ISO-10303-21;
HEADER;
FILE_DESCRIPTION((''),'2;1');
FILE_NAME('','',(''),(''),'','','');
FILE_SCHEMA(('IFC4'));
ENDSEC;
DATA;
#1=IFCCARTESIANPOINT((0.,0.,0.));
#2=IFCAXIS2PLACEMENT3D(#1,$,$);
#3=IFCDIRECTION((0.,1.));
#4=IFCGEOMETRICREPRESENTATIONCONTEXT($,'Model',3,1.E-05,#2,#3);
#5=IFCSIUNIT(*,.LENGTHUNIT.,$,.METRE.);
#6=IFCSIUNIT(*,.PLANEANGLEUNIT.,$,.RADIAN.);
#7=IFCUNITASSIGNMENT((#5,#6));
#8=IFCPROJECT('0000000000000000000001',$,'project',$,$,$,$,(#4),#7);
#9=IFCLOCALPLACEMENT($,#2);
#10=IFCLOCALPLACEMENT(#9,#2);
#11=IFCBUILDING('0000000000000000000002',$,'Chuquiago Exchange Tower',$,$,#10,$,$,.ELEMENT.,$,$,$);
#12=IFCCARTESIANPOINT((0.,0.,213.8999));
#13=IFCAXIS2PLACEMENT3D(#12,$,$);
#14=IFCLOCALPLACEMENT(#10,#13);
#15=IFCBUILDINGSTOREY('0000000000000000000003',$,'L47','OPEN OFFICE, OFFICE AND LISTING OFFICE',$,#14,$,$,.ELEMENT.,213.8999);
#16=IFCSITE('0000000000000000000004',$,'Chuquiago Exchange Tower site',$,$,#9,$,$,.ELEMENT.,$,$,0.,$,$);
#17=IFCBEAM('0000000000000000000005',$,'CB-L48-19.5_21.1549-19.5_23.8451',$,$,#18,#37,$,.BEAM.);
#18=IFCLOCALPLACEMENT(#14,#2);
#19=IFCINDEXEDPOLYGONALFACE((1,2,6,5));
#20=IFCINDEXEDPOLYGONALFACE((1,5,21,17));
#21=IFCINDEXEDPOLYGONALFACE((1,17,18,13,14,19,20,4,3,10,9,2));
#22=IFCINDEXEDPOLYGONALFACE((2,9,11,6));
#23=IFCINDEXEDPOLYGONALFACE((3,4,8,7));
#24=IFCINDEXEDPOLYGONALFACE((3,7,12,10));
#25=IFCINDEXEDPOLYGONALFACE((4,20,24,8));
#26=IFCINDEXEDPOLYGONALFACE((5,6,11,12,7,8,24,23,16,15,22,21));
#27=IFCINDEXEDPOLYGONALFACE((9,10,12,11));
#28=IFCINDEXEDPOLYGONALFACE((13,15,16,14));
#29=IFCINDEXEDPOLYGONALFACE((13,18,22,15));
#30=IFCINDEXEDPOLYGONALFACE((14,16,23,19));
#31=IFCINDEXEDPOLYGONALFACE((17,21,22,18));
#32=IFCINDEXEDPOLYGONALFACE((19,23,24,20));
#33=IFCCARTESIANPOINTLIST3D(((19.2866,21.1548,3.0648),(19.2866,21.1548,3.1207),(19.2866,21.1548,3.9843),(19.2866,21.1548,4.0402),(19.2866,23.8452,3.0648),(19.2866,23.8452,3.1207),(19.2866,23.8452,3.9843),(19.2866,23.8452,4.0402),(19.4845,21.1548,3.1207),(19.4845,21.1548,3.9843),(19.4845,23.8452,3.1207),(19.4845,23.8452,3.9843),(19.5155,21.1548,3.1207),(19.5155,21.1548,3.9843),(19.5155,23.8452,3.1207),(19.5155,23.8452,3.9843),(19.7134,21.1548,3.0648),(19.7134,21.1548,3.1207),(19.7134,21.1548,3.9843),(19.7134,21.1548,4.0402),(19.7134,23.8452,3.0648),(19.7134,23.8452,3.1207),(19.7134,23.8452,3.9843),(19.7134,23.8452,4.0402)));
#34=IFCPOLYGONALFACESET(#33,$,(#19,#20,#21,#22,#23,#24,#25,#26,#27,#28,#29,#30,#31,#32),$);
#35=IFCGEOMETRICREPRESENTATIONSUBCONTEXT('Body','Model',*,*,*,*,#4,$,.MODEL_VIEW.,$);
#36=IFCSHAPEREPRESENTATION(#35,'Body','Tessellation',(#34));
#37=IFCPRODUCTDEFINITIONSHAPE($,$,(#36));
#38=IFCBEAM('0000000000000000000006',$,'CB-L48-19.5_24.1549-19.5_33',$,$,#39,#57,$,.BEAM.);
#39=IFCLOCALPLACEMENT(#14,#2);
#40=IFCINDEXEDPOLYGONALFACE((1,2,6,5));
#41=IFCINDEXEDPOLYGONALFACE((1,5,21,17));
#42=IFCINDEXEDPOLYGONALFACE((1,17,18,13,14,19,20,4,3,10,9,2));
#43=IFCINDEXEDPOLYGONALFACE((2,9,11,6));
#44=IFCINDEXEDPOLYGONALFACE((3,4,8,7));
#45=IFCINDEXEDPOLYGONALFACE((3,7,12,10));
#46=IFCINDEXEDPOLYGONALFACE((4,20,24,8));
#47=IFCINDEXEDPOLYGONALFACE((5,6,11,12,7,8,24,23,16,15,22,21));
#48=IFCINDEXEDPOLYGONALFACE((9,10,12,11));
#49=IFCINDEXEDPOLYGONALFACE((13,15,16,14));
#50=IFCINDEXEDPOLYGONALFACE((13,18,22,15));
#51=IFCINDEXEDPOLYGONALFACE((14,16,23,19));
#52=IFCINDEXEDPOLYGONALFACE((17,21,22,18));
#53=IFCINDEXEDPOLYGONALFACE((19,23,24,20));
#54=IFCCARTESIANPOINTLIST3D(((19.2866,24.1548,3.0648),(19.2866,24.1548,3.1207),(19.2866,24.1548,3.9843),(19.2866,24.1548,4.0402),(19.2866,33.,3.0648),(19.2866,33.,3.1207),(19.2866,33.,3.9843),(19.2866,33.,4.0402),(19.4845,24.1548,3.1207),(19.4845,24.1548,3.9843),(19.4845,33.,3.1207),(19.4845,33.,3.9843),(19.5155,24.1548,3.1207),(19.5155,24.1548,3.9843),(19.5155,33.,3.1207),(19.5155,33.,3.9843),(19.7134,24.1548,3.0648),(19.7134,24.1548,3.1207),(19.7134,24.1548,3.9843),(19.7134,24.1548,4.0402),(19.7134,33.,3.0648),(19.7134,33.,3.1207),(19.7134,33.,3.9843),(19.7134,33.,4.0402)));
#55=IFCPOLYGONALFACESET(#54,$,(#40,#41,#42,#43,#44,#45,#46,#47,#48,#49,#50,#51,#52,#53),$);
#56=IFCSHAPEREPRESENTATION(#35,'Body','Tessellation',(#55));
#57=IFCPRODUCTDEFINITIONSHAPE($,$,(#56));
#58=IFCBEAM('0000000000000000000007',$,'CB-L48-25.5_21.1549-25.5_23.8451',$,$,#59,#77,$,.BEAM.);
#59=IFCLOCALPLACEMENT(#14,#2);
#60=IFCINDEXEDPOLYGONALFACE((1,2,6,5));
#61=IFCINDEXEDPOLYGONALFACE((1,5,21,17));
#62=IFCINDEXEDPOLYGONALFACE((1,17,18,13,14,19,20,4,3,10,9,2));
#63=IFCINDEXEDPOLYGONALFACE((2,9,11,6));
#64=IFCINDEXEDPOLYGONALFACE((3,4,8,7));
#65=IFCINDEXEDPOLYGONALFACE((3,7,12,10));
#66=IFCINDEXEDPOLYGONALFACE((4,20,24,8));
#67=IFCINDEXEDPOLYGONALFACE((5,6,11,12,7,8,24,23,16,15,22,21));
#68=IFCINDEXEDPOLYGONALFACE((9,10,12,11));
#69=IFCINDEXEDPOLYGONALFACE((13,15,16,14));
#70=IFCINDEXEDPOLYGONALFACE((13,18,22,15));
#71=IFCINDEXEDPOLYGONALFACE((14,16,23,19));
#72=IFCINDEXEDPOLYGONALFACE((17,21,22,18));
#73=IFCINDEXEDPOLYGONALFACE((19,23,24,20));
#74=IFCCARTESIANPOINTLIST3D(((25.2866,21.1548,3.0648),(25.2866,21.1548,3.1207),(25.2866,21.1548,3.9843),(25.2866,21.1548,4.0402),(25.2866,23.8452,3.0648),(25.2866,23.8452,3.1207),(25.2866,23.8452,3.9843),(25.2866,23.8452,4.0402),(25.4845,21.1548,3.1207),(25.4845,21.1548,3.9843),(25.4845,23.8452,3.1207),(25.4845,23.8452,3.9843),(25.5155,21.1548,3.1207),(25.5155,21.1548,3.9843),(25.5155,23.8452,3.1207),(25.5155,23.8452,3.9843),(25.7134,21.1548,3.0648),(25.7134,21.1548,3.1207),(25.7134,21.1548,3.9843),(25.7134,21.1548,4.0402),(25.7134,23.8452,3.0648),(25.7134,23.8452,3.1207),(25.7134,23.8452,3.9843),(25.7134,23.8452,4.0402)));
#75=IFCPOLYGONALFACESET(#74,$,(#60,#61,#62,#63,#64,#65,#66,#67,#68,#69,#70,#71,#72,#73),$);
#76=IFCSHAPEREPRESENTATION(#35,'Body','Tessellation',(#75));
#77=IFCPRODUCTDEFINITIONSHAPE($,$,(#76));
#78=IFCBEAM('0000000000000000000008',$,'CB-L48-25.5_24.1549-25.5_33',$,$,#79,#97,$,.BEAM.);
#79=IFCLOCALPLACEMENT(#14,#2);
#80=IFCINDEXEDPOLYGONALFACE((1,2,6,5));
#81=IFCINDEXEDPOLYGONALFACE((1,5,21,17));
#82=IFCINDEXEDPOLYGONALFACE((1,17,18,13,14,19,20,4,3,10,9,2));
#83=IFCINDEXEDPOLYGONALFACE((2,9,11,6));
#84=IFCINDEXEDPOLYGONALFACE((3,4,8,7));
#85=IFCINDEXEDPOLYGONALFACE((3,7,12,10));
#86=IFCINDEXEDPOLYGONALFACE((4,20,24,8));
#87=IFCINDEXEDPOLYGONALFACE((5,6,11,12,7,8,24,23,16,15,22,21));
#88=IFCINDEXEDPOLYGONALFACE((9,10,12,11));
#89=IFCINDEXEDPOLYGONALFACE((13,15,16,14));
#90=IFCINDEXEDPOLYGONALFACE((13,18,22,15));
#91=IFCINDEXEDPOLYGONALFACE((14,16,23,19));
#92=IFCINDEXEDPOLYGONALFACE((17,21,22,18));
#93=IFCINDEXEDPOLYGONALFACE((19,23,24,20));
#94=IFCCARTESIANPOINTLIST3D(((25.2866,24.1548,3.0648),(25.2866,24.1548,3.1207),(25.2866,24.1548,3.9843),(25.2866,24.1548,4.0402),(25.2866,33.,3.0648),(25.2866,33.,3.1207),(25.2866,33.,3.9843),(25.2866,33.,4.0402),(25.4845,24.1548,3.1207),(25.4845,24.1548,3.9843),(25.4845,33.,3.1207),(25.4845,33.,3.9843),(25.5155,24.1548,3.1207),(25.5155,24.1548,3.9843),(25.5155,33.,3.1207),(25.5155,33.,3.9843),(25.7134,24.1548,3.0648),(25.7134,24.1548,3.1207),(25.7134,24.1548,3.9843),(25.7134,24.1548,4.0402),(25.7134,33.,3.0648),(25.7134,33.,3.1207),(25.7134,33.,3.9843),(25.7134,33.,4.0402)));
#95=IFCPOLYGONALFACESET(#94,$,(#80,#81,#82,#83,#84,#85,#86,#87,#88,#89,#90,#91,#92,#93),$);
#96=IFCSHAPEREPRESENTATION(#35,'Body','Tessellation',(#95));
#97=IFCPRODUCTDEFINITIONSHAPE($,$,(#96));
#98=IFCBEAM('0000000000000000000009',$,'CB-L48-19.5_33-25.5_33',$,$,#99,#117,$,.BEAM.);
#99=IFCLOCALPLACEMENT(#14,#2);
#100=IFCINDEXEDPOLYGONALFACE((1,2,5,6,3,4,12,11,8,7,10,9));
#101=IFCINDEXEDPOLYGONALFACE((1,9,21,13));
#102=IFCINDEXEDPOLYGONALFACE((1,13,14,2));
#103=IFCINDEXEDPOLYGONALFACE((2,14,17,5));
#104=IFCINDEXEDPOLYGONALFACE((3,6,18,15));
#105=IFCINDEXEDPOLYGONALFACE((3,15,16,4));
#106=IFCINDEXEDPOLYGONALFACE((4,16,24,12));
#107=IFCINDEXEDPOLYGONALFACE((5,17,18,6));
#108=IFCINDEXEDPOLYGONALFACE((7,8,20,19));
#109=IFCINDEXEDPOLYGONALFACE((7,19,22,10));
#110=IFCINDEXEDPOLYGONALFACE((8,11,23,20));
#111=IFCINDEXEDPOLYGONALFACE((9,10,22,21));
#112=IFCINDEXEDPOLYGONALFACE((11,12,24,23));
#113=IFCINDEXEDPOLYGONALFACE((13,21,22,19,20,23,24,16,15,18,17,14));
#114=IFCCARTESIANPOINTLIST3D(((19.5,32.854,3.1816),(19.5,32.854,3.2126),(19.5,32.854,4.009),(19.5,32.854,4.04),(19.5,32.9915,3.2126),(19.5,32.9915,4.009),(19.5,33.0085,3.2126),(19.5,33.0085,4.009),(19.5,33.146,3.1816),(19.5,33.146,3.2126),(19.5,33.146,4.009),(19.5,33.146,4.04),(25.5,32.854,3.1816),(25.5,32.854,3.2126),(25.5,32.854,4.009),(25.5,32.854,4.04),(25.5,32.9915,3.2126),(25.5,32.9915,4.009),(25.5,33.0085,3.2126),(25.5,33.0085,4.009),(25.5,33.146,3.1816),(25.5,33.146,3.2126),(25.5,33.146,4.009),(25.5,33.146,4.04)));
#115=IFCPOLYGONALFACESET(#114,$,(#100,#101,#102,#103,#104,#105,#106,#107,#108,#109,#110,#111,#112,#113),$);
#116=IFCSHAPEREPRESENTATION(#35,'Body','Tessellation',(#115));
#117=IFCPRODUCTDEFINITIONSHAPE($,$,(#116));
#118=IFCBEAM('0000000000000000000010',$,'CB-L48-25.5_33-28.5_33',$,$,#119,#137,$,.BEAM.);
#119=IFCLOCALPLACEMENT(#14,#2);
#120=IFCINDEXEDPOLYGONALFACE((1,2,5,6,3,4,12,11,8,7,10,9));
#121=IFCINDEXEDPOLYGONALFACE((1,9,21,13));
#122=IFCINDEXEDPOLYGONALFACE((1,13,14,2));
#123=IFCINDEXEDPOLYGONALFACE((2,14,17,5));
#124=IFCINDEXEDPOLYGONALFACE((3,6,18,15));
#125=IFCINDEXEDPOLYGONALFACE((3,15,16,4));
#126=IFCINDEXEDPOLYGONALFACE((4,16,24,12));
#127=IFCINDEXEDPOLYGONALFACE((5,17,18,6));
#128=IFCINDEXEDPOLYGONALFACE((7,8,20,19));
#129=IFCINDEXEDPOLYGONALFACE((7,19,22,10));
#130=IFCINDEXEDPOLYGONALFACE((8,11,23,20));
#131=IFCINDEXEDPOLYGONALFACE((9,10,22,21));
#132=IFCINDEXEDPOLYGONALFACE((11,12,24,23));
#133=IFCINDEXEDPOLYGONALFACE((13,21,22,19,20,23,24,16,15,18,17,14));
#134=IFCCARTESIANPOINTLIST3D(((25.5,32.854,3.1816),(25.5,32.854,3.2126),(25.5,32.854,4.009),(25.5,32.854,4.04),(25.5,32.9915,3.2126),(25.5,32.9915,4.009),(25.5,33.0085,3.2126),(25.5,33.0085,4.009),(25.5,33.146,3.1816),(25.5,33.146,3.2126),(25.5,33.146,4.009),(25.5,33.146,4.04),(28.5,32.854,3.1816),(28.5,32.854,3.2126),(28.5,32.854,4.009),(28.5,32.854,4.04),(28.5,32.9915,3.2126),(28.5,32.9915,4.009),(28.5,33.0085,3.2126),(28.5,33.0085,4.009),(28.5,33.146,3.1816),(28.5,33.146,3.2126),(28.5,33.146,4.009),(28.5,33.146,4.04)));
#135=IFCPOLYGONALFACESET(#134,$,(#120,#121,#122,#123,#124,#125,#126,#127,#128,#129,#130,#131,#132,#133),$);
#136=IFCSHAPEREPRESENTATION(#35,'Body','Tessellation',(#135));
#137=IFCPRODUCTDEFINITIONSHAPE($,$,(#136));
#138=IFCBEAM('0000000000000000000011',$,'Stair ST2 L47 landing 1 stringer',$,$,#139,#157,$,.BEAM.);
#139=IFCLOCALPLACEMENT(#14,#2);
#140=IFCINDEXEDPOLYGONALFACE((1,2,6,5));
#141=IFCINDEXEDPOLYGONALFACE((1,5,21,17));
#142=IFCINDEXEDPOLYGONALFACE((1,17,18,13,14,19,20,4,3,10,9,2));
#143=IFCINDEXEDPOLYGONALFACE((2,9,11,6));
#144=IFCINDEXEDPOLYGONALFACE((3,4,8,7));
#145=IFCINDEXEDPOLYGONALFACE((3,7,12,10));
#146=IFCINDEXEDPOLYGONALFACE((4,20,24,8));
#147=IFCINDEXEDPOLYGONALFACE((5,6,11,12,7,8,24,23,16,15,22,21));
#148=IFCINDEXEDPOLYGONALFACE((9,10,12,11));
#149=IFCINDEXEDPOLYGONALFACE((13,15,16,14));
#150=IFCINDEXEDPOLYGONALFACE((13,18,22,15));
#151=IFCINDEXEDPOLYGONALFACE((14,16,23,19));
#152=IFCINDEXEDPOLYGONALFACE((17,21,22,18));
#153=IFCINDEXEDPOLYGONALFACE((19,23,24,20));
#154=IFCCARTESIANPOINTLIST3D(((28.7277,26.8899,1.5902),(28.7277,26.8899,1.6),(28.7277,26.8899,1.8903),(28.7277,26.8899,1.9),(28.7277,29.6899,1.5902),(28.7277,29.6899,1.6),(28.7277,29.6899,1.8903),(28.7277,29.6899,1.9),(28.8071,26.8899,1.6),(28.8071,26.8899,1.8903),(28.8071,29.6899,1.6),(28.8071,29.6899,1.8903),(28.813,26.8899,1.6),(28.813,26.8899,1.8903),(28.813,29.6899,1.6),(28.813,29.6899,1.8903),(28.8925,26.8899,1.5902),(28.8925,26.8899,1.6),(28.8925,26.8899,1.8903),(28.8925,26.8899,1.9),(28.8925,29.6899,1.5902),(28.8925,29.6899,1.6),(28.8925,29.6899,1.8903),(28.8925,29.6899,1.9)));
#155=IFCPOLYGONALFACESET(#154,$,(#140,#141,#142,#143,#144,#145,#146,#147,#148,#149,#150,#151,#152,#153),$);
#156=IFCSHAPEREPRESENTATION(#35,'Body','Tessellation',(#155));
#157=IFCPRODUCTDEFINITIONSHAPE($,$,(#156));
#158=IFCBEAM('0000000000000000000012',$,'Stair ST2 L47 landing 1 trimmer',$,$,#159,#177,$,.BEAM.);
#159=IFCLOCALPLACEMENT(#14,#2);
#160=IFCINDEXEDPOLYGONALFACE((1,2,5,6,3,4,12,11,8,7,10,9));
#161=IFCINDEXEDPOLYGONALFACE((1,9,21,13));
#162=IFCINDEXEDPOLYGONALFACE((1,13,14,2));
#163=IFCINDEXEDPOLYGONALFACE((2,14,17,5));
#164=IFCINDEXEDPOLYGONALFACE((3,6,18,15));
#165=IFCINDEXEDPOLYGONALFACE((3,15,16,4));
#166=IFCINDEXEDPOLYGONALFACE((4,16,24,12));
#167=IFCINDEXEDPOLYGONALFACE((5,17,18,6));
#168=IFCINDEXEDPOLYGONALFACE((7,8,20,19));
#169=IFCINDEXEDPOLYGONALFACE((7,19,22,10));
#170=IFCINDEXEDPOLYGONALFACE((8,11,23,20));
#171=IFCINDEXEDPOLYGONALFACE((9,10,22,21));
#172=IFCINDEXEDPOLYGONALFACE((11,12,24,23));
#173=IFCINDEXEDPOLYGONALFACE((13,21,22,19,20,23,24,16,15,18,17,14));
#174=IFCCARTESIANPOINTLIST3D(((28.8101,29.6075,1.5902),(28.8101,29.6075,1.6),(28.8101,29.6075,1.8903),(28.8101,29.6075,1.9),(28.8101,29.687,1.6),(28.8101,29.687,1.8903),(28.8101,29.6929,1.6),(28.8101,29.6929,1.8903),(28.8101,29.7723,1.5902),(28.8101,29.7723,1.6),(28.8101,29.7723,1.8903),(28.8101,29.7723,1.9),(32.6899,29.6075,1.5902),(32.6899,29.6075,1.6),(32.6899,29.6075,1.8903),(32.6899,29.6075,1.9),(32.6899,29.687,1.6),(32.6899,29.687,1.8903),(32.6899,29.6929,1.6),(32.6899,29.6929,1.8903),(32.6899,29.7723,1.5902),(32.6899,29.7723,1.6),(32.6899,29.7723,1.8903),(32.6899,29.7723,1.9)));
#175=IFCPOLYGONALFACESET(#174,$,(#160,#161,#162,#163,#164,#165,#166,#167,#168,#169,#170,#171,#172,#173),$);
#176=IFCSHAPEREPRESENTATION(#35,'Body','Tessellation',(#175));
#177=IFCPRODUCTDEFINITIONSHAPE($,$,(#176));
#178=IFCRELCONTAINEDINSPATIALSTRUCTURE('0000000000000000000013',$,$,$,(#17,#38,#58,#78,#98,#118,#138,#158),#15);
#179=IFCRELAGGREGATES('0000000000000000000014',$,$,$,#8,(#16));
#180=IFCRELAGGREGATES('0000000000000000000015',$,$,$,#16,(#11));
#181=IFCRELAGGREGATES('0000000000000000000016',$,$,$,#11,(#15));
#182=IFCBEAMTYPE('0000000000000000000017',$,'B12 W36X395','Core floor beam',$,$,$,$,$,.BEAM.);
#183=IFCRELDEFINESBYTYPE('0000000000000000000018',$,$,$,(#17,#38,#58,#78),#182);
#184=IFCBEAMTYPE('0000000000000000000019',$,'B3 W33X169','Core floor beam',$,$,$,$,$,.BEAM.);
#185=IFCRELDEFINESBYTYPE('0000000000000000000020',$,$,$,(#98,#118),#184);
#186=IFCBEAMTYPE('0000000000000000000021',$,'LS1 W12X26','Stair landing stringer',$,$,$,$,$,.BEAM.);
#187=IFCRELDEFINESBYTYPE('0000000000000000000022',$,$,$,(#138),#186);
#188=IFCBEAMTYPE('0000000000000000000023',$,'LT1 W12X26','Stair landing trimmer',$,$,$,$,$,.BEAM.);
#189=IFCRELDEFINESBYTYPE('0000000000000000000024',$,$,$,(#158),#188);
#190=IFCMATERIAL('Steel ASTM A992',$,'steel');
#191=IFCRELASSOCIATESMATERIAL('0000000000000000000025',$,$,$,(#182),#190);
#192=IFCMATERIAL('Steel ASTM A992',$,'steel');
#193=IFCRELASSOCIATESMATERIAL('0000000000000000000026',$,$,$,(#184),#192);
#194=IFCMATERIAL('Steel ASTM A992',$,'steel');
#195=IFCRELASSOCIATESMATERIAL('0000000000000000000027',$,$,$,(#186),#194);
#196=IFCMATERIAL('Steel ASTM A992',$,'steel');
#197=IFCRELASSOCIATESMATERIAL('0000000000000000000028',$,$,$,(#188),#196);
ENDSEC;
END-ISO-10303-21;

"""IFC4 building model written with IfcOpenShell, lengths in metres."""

from ifc_helpers import new_model, si_unit, direction, frame, origin, origin_2d, place, context, subcontext, project, spatial, i_section, extrude, material, material_profile, profile_set, type_object, element, save


model = new_model("IFC4")

# Units and contexts
model_context = context("Model", 3, precision=1e-05, world=origin(), true_north=direction((0.0, 1.0)))
body_context = subcontext(model_context, "Body", "Model", "MODEL_VIEW")
ifc_project = project(units=[si_unit("LENGTHUNIT", "METRE"), si_unit("PLANEANGLEUNIT", "RADIAN")], contexts=[model_context])

# Site, building, storey
site_placement = place(None, origin())
site = spatial("IfcSite", under=ifc_project, at=site_placement, Name="Chuquiago Exchange Tower site", CompositionType="ELEMENT", RefElevation=0.0)
building_placement = place(site_placement, origin())
building = spatial("IfcBuilding", under=site, at=building_placement, Name="Chuquiago Exchange Tower", CompositionType="ELEMENT")
storey_placement = place(building_placement, frame((0.0, 0.0, 213.8999)))
storey = spatial("IfcBuildingStorey", under=building, at=storey_placement, Name="L47", Description="OPEN OFFICE, OFFICE AND LISTING OFFICE", CompositionType="ELEMENT", Elevation=213.8999)

# Beams
ifc_material_1 = material(Name="Steel ASTM A992", Category="steel")
ifc_material_profile_1 = material_profile(ifc_material_1, i_section(OverallWidth=0.4268, OverallDepth=0.9753, WebThickness=0.031, FlangeThickness=0.0559, at=origin_2d()), Name="W36X395")
ifc_profile_set_1 = profile_set([ifc_material_profile_1], Name="Steel ASTM A992")
beam_type_1 = type_object("IfcBeamType", Name="B12 W36X395", Description="Core floor beam", PredefinedType="BEAM", material=ifc_profile_set_1)
beam_1_placement = place(storey_placement, frame((19.5, 21.1548, 3.5525), z_axis=(0.0, 1.0, 0.0), x_axis=(-1.0, 0.0, 0.0)))
element("IfcBeam", 1, at=beam_1_placement, inside=storey, type_object=beam_type_1, Name="CB-L48-19.5_21.1549-19.5_23.8451", PredefinedType="BEAM", context=body_context, shape_type="SweptSolid", body=[
    extrude(i_section(OverallWidth=0.4268, OverallDepth=0.9753, WebThickness=0.031, FlangeThickness=0.0559, at=origin_2d()), origin(), (0.0, 0.0, 1.0), 2.6904),
])
beam_2_placement = place(storey_placement, frame((19.5, 24.1548, 3.5525), z_axis=(0.0, 1.0, 0.0), x_axis=(-1.0, 0.0, 0.0)))
element("IfcBeam", 2, at=beam_2_placement, inside=storey, type_object=beam_type_1, Name="CB-L48-19.5_24.1549-19.5_33", PredefinedType="BEAM", context=body_context, shape_type="SweptSolid", body=[
    extrude(i_section(OverallWidth=0.4268, OverallDepth=0.9753, WebThickness=0.031, FlangeThickness=0.0559, at=origin_2d()), origin(), (0.0, 0.0, 1.0), 8.8452),
])
beam_3_placement = place(storey_placement, frame((25.5, 21.1548, 3.5525), z_axis=(0.0, 1.0, 0.0), x_axis=(-1.0, 0.0, 0.0)))
element("IfcBeam", 3, at=beam_3_placement, inside=storey, type_object=beam_type_1, Name="CB-L48-25.5_21.1549-25.5_23.8451", PredefinedType="BEAM", context=body_context, shape_type="SweptSolid", body=[
    extrude(i_section(OverallWidth=0.4268, OverallDepth=0.9753, WebThickness=0.031, FlangeThickness=0.0559, at=origin_2d()), origin(), (0.0, 0.0, 1.0), 2.6904),
])
beam_4_placement = place(storey_placement, frame((25.5, 24.1548, 3.5525), z_axis=(0.0, 1.0, 0.0), x_axis=(-1.0, 0.0, 0.0)))
element("IfcBeam", 4, at=beam_4_placement, inside=storey, type_object=beam_type_1, Name="CB-L48-25.5_24.1549-25.5_33", PredefinedType="BEAM", context=body_context, shape_type="SweptSolid", body=[
    extrude(i_section(OverallWidth=0.4268, OverallDepth=0.9753, WebThickness=0.031, FlangeThickness=0.0559, at=origin_2d()), origin(), (0.0, 0.0, 1.0), 8.8452),
])
ifc_material_2 = material(Name="Steel ASTM A992", Category="steel")
ifc_material_profile_2 = material_profile(ifc_material_2, i_section(OverallWidth=0.292, OverallDepth=0.8584, WebThickness=0.0171, FlangeThickness=0.031, at=origin_2d()), Name="W33X169")
ifc_profile_set_2 = profile_set([ifc_material_profile_2], Name="Steel ASTM A992")
beam_type_2 = type_object("IfcBeamType", Name="B3 W33X169", Description="Core floor beam", PredefinedType="BEAM", material=ifc_profile_set_2)
beam_5_placement = place(storey_placement, frame((19.5, 33.0, 3.6108), z_axis=(1.0, 0.0, 0.0), x_axis=(0.0, 1.0, 0.0)))
element("IfcBeam", 5, at=beam_5_placement, inside=storey, type_object=beam_type_2, Name="CB-L48-19.5_33-25.5_33", PredefinedType="BEAM", context=body_context, shape_type="SweptSolid", body=[
    extrude(i_section(OverallWidth=0.292, OverallDepth=0.8584, WebThickness=0.0171, FlangeThickness=0.031, at=origin_2d()), origin(), (0.0, 0.0, 1.0), 6.0),
])
beam_6_placement = place(storey_placement, frame((25.5, 33.0, 3.6108), z_axis=(1.0, 0.0, 0.0), x_axis=(0.0, 1.0, 0.0)))
element("IfcBeam", 6, at=beam_6_placement, inside=storey, type_object=beam_type_2, Name="CB-L48-25.5_33-28.5_33", PredefinedType="BEAM", context=body_context, shape_type="SweptSolid", body=[
    extrude(i_section(OverallWidth=0.292, OverallDepth=0.8584, WebThickness=0.0171, FlangeThickness=0.031, at=origin_2d()), origin(), (0.0, 0.0, 1.0), 3.0),
])
ifc_material_3 = material(Name="Steel ASTM A992", Category="steel")
ifc_material_profile_3 = material_profile(ifc_material_3, i_section(OverallWidth=0.1648, OverallDepth=0.3098, WebThickness=0.0059, FlangeThickness=0.0098, at=origin_2d()), Name="W12X26")
ifc_profile_set_3 = profile_set([ifc_material_profile_3], Name="Steel ASTM A992")
beam_type_3 = type_object("IfcBeamType", Name="LS1 W12X26", Description="Stair landing stringer", PredefinedType="BEAM", material=ifc_profile_set_3)
beam_7_placement = place(storey_placement, frame((28.8101, 26.8899, 1.7451), z_axis=(0.0, 1.0, 0.0), x_axis=(-1.0, 0.0, 0.0)))
element("IfcBeam", 7, at=beam_7_placement, inside=storey, type_object=beam_type_3, Name="Stair ST2 L47 landing 1 stringer", PredefinedType="BEAM", context=body_context, shape_type="SweptSolid", body=[
    extrude(i_section(OverallWidth=0.1648, OverallDepth=0.3098, WebThickness=0.0059, FlangeThickness=0.0098, at=origin_2d()), origin(), (0.0, 0.0, 1.0), 2.8),
])
ifc_material_4 = material(Name="Steel ASTM A992", Category="steel")
ifc_material_profile_4 = material_profile(ifc_material_4, i_section(OverallWidth=0.1648, OverallDepth=0.3098, WebThickness=0.0059, FlangeThickness=0.0098, at=origin_2d()), Name="W12X26")
ifc_profile_set_4 = profile_set([ifc_material_profile_4], Name="Steel ASTM A992")
beam_type_4 = type_object("IfcBeamType", Name="LT1 W12X26", Description="Stair landing trimmer", PredefinedType="BEAM", material=ifc_profile_set_4)
for number, where, z_axis, x_axis, name in (
    (8, (28.8101, 29.6899, 1.7451), (1.0, 0.0, 0.0), (0.0, 1.0, 0.0), "Stair ST2 L47 landing 1 trimmer"),
):
    element("IfcBeam", number, at=place(storey_placement, frame(where, z_axis=z_axis, x_axis=x_axis)), inside=storey, type_object=beam_type_4, Name=name, PredefinedType="BEAM", context=body_context, shape_type="SweptSolid", body=[
        extrude(i_section(OverallWidth=0.1648, OverallDepth=0.3098, WebThickness=0.0059, FlangeThickness=0.0098, at=origin_2d()), origin(), (0.0, 0.0, 1.0), 3.8799),
    ])

save(model, "model.ifc")
